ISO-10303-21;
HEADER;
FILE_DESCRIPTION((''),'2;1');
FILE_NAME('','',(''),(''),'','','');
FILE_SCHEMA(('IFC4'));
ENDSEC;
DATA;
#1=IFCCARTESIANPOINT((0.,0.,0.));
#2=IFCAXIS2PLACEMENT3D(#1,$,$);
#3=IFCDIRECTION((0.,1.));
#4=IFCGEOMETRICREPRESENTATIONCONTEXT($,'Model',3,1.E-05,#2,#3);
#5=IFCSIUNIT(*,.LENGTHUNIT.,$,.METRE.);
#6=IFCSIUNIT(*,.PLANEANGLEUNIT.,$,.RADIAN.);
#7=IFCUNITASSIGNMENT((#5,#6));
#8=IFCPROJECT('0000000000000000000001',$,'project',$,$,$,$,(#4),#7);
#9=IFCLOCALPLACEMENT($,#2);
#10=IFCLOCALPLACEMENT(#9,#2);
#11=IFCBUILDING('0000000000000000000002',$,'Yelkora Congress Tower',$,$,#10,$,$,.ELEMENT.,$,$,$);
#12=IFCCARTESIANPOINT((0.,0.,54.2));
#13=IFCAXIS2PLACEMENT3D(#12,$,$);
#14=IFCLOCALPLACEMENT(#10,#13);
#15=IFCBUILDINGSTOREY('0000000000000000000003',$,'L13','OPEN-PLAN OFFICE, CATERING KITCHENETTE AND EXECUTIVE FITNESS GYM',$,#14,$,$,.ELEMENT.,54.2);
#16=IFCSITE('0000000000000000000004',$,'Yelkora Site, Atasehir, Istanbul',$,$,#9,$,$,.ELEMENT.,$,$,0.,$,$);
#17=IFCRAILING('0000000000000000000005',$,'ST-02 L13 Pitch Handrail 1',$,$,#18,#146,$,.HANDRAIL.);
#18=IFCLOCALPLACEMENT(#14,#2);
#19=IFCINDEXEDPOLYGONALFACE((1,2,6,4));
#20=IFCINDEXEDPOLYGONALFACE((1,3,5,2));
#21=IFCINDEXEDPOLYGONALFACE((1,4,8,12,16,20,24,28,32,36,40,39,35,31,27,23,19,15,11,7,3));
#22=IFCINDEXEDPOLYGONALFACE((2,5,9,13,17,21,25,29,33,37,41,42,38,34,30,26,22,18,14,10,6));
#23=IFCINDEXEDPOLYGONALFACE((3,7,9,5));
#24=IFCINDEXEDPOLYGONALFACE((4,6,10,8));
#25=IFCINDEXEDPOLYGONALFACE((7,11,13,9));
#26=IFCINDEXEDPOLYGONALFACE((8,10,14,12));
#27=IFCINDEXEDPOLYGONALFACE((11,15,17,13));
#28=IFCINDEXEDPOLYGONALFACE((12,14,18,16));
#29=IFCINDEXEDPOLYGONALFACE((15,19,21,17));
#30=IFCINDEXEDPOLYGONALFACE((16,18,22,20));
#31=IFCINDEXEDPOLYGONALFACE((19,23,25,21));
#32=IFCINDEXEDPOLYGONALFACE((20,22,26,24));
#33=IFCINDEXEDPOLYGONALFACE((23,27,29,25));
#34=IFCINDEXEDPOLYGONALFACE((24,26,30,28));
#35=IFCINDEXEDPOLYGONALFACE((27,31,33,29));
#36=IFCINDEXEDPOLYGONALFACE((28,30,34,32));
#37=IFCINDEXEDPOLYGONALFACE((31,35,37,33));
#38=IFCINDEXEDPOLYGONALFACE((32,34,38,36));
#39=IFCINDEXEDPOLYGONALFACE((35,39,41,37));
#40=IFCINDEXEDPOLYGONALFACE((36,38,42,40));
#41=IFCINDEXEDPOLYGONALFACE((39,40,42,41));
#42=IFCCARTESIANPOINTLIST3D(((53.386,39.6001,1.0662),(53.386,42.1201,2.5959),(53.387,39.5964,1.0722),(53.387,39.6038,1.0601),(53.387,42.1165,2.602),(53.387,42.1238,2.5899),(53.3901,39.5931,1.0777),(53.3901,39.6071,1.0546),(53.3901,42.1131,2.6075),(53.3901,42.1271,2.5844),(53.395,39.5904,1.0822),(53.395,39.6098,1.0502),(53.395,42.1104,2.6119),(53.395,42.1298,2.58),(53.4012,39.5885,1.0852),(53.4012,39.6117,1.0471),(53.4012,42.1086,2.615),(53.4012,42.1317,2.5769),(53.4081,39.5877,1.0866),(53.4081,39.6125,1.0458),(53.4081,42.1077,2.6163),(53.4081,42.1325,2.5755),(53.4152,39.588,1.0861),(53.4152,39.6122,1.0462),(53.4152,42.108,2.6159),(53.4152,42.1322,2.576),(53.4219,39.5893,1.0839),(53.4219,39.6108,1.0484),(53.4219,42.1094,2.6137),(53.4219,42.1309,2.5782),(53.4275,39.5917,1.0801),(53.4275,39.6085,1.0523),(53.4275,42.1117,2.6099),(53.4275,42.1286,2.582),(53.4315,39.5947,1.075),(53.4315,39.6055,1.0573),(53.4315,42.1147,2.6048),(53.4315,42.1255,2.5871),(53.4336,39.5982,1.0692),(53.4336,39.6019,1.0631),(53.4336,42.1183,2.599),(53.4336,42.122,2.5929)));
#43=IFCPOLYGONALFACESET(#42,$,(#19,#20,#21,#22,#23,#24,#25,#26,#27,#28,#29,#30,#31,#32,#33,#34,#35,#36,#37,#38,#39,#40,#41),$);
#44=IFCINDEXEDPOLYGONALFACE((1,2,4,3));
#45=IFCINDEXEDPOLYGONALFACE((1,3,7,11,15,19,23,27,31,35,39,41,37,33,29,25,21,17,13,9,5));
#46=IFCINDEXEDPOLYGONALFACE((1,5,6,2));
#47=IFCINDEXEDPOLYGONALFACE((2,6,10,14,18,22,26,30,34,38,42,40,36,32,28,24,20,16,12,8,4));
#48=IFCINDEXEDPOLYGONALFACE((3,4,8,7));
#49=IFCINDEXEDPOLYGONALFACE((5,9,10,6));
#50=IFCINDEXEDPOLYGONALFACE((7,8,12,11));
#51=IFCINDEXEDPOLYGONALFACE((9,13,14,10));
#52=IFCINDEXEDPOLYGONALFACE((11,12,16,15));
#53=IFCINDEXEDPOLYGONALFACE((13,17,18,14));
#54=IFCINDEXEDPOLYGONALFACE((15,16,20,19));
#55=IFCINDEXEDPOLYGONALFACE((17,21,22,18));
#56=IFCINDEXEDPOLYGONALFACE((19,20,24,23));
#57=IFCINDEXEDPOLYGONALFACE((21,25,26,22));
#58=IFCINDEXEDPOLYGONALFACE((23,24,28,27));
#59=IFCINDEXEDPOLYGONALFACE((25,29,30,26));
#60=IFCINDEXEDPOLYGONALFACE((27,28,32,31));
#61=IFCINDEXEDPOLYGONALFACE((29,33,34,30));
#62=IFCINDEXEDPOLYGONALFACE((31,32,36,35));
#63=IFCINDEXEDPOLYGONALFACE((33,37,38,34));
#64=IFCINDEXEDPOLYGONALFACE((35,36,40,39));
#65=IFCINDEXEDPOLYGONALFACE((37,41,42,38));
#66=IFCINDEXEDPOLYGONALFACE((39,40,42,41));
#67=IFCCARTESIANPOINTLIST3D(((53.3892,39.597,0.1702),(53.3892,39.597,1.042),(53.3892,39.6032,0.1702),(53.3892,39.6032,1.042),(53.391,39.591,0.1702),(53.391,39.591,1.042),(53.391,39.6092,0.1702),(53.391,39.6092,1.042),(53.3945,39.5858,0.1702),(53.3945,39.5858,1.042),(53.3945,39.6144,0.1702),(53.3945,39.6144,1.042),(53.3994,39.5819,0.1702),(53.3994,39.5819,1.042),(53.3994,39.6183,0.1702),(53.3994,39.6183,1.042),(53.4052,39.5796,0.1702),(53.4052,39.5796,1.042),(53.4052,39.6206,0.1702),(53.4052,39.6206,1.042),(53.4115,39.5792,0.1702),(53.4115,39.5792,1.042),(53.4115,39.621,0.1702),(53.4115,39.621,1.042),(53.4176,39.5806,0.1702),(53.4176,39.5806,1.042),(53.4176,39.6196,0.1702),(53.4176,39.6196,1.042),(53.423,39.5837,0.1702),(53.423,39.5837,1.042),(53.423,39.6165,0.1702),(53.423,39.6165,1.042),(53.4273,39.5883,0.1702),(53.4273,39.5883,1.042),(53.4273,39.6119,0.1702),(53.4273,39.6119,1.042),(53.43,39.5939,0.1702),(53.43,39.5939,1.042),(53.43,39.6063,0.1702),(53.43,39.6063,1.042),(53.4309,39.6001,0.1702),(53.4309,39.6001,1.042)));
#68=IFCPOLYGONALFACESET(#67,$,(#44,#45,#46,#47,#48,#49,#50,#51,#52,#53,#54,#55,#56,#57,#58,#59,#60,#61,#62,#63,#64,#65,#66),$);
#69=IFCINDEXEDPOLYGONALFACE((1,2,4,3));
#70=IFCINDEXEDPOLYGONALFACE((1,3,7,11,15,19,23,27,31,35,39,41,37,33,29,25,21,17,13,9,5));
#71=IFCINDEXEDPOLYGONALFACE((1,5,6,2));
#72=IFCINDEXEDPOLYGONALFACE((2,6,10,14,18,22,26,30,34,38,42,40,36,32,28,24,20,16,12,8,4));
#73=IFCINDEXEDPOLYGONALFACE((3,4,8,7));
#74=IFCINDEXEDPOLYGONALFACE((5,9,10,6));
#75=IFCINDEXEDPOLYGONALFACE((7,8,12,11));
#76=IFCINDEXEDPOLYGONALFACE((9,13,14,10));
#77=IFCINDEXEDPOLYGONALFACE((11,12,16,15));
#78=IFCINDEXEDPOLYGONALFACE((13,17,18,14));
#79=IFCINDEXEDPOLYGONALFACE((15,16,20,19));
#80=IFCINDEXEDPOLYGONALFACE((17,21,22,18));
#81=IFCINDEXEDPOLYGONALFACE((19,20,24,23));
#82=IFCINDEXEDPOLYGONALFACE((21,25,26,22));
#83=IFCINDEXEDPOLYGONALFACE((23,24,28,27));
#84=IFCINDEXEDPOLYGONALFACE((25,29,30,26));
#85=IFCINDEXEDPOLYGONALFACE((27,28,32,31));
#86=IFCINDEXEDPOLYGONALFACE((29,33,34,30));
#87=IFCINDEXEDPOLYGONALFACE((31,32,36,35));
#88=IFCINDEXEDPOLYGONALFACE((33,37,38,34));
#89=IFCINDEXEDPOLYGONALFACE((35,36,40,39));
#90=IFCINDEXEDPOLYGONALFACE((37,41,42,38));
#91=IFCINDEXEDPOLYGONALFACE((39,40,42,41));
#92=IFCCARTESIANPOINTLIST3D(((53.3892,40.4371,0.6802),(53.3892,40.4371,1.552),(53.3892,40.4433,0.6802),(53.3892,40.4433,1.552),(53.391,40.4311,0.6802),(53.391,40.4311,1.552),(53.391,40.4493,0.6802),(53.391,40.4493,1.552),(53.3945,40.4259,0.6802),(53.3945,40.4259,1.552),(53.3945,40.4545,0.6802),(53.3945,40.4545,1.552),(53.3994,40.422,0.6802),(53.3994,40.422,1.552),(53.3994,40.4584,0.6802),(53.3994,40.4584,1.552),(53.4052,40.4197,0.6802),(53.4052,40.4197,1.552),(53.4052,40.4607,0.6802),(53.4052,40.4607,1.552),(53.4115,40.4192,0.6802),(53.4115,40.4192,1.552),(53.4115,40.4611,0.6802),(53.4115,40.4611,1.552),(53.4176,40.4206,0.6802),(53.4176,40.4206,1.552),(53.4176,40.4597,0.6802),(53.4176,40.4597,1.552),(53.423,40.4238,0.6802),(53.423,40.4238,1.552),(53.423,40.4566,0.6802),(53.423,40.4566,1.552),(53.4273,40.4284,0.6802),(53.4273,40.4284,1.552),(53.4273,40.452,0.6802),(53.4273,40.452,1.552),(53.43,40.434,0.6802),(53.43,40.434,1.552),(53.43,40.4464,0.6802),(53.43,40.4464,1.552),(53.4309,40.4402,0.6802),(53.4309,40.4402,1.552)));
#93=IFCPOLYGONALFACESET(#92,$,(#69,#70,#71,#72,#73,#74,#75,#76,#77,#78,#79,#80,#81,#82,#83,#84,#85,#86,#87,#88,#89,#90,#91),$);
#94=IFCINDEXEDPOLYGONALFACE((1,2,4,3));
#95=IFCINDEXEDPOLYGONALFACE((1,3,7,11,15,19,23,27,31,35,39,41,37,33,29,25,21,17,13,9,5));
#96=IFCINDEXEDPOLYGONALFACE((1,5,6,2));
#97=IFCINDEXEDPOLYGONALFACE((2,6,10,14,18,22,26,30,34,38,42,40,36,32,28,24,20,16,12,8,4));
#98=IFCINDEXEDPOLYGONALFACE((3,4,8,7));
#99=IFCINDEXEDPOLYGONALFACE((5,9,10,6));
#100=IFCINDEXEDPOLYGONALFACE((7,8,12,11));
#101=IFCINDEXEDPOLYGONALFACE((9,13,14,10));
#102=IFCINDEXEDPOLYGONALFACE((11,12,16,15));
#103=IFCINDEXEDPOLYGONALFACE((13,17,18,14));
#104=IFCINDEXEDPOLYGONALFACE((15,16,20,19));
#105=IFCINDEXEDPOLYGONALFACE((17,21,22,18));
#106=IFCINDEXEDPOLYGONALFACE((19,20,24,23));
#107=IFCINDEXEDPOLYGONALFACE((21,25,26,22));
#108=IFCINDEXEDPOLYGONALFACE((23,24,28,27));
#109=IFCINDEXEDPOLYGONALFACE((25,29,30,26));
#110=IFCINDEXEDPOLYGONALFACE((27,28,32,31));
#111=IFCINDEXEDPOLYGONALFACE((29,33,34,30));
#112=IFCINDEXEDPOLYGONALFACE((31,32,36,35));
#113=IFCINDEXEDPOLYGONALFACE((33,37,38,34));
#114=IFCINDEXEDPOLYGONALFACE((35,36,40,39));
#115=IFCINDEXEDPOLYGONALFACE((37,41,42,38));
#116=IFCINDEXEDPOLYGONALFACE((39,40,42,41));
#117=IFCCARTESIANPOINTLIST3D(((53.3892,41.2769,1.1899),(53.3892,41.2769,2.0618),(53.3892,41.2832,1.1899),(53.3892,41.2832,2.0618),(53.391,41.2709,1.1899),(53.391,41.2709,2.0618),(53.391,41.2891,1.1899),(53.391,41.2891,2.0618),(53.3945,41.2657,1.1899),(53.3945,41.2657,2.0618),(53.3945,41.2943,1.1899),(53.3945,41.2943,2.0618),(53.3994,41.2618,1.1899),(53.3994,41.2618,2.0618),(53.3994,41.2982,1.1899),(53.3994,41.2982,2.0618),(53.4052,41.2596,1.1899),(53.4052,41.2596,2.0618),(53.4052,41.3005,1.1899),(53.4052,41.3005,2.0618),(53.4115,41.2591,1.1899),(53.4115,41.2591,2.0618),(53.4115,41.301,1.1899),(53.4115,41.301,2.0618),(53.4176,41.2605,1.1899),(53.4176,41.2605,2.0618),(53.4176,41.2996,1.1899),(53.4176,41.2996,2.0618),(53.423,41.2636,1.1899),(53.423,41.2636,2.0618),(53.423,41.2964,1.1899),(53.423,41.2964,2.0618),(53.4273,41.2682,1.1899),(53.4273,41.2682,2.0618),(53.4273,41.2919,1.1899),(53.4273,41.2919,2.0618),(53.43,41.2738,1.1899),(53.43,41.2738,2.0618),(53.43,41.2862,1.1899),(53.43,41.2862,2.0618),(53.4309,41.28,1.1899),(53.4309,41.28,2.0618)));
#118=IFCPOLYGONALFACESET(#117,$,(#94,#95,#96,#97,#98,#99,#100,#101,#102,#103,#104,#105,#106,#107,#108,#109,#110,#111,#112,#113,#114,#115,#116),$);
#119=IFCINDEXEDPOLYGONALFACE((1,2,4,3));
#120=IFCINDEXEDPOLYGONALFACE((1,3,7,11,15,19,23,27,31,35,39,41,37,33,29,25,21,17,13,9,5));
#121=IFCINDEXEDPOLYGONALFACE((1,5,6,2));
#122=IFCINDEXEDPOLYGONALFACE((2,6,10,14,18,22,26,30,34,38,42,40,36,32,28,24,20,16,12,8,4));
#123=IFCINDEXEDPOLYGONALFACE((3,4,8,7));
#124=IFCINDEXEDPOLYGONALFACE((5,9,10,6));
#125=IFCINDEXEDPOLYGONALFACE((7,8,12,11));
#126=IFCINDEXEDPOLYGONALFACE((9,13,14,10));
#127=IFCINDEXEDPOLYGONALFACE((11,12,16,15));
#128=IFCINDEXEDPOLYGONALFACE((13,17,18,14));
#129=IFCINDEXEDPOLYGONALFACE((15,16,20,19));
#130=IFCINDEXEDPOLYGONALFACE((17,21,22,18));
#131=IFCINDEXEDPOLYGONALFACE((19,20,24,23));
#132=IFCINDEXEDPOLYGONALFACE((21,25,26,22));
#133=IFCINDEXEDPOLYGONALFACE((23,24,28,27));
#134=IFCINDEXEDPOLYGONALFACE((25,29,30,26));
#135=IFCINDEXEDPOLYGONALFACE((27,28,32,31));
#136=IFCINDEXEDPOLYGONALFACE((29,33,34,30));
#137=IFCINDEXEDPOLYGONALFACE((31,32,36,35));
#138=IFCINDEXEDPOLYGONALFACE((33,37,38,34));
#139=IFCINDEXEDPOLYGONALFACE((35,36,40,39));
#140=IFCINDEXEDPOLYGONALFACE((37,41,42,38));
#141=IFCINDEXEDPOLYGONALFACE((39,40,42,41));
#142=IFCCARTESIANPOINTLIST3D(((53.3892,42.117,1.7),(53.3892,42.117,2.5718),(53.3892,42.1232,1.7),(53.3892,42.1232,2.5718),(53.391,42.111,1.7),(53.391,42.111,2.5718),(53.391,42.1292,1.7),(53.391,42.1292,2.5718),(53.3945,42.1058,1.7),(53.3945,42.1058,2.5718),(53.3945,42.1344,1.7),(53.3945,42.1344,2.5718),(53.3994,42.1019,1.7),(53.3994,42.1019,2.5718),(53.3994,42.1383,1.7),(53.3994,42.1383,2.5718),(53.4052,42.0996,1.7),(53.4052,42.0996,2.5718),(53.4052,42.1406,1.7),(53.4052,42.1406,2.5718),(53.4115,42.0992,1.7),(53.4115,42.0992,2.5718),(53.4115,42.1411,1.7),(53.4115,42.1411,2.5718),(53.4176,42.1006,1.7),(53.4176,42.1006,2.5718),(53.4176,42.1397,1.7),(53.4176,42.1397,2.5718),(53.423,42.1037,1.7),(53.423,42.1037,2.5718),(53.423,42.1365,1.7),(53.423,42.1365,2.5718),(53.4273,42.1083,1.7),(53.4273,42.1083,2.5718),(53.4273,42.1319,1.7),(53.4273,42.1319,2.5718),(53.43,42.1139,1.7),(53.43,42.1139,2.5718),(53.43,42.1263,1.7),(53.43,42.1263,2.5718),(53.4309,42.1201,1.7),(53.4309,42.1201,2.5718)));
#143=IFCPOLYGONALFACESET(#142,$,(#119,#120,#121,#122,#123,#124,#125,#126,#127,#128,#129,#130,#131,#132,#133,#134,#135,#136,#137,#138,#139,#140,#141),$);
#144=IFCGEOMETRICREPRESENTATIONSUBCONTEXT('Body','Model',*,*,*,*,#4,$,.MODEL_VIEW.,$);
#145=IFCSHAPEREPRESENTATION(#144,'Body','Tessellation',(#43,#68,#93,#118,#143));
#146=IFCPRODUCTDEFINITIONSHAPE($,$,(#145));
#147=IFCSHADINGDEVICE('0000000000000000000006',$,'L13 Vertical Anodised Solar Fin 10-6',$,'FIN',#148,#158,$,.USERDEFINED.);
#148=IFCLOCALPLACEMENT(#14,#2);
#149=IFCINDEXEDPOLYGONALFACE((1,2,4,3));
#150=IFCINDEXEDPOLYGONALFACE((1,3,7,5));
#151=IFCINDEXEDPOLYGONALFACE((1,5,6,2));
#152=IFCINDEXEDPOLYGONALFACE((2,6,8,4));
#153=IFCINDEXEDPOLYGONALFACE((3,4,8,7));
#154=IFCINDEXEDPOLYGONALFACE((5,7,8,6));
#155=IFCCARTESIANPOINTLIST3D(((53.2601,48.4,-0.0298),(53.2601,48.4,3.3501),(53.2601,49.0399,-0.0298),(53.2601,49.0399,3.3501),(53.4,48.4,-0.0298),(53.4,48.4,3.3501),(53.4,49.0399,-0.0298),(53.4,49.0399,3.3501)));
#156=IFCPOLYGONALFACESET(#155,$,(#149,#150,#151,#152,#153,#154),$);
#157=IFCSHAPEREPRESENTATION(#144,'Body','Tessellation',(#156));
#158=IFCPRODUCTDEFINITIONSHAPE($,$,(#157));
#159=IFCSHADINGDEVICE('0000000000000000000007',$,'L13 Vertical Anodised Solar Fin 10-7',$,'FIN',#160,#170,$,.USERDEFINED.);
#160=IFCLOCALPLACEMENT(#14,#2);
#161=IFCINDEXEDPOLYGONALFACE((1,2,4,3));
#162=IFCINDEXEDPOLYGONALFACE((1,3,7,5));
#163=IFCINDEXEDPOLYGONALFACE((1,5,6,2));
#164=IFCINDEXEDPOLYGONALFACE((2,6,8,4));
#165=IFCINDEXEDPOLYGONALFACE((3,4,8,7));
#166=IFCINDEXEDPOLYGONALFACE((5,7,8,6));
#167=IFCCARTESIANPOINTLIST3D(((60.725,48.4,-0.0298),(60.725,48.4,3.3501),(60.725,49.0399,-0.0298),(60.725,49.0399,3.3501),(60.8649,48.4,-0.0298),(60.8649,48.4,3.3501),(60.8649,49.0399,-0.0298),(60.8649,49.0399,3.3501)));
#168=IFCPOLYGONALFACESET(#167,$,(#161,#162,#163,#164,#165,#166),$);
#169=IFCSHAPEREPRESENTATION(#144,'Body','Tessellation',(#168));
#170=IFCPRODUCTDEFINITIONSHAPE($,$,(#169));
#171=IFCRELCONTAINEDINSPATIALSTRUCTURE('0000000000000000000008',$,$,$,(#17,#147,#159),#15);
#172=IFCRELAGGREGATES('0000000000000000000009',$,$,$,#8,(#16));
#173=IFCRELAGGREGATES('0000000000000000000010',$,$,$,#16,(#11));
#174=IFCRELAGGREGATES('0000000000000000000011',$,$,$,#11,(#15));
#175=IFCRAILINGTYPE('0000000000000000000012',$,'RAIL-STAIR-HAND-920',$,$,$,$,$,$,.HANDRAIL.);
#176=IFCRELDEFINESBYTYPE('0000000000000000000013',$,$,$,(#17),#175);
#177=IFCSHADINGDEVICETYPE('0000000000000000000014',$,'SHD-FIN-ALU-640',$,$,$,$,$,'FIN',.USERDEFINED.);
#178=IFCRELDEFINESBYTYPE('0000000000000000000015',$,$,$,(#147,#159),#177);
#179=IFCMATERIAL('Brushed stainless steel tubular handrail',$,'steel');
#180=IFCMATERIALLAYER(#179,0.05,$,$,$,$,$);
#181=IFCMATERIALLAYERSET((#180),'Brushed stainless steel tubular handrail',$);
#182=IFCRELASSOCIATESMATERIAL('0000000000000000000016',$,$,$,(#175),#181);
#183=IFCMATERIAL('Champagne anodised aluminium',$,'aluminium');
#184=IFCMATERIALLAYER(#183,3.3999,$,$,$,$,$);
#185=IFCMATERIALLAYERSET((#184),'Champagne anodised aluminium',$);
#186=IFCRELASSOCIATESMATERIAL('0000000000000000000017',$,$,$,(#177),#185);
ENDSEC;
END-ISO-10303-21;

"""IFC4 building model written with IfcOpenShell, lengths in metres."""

from ifc_helpers import new_model, si_unit, direction, frame, origin, origin_2d, place, context, subcontext, project, spatial, rectangle, circle, extrude, material, layer, layer_set, type_object, element, save


model = new_model("IFC4")

# Units and contexts
model_context = context("Model", 3, precision=1e-05, world=origin(), true_north=direction((0.0, 1.0)))
body_context = subcontext(model_context, "Body", "Model", "MODEL_VIEW")
ifc_project = project(units=[si_unit("LENGTHUNIT", "METRE"), si_unit("PLANEANGLEUNIT", "RADIAN")], contexts=[model_context])

# Site, building, storey
site_placement = place(None, origin())
site = spatial("IfcSite", under=ifc_project, at=site_placement, Name="Yelkora Site, Atasehir, Istanbul", CompositionType="ELEMENT", RefElevation=0.0)
building_placement = place(site_placement, origin())
building = spatial("IfcBuilding", under=site, at=building_placement, Name="Yelkora Congress Tower", CompositionType="ELEMENT")
storey_placement = place(building_placement, frame((0.0, 0.0, 54.2)))
storey = spatial("IfcBuildingStorey", under=building, at=storey_placement, Name="L13", Description="OPEN-PLAN OFFICE, CATERING KITCHENETTE AND EXECUTIVE FITNESS GYM", CompositionType="ELEMENT", Elevation=54.2)

# Railing
ifc_material_1 = material(Name="Brushed stainless steel tubular handrail", Category="steel")
ifc_layer_1 = layer(ifc_material_1, 0.05)
ifc_layer_set_1 = layer_set([ifc_layer_1], Name="Brushed stainless steel tubular handrail")
railing_type_1 = type_object("IfcRailingType", Name="RAIL-STAIR-HAND-920", PredefinedType="HANDRAIL", material=ifc_layer_set_1)
railing_1_placement = place(storey_placement, frame((53.4099, 39.6001, 0.1702)))
element("IfcRailing", 1, at=railing_1_placement, inside=storey, type_object=railing_type_1, Name="ST-02 L13 Pitch Handrail 1", PredefinedType="HANDRAIL", context=body_context, shape_type="SweptSolid", body=[
    extrude(circle(Radius=0.0239, at=origin_2d()), frame((0.0, 0.0, 0.896), z_axis=(0.0, 0.854822, 0.518922), x_axis=(-1.0, 0.0, 0.0)), (0.0, 0.0, 1.0), 2.948),
    extrude(circle(Radius=0.021, at=origin_2d()), origin(), (0.0, 0.0, 1.0), 0.8718),
    extrude(circle(Radius=0.021, at=origin_2d()), frame((0.0, 0.8401, 0.51)), (0.0, 0.0, 1.0), 0.8718),
    extrude(circle(Radius=0.021, at=origin_2d()), frame((0.0, 1.6799, 1.0198)), (0.0, 0.0, 1.0), 0.8718),
    extrude(circle(Radius=0.021, at=origin_2d()), frame((0.0, 2.52, 1.5298)), (0.0, 0.0, 1.0), 0.8718),
])

# Shading devices
ifc_material_2 = material(Name="Champagne anodised aluminium", Category="aluminium")
ifc_layer_2 = layer(ifc_material_2, 3.3999)
ifc_layer_set_2 = layer_set([ifc_layer_2], Name="Champagne anodised aluminium")
shading_device_type = type_object("IfcShadingDeviceType", Name="SHD-FIN-ALU-640", ElementType="FIN", PredefinedType="USERDEFINED", material=ifc_layer_set_2)
for number, where, z_axis, x_axis, name in (
    (2, (53.3301, 48.72, -0.0298), (0.0, 0.0, 1.0), (1.0, 0.0, 0.0), "L13 Vertical Anodised Solar Fin 10-6"),
    (3, (60.7949, 48.72, -0.0298), (0.0, 0.0, 1.0), (1.0, 0.0, 0.0), "L13 Vertical Anodised Solar Fin 10-7"),
):
    element("IfcShadingDevice", number, at=place(storey_placement, frame(where, z_axis=z_axis, x_axis=x_axis)), inside=storey, type_object=shading_device_type, Name=name, ObjectType="FIN", PredefinedType="USERDEFINED", context=body_context, shape_type="SweptSolid", body=[
        extrude(rectangle(XDim=0.1399, YDim=0.6399, at=origin_2d()), origin(), (0.0, 0.0, 1.0), 3.3799),
    ])

save(model, "model.ifc")
